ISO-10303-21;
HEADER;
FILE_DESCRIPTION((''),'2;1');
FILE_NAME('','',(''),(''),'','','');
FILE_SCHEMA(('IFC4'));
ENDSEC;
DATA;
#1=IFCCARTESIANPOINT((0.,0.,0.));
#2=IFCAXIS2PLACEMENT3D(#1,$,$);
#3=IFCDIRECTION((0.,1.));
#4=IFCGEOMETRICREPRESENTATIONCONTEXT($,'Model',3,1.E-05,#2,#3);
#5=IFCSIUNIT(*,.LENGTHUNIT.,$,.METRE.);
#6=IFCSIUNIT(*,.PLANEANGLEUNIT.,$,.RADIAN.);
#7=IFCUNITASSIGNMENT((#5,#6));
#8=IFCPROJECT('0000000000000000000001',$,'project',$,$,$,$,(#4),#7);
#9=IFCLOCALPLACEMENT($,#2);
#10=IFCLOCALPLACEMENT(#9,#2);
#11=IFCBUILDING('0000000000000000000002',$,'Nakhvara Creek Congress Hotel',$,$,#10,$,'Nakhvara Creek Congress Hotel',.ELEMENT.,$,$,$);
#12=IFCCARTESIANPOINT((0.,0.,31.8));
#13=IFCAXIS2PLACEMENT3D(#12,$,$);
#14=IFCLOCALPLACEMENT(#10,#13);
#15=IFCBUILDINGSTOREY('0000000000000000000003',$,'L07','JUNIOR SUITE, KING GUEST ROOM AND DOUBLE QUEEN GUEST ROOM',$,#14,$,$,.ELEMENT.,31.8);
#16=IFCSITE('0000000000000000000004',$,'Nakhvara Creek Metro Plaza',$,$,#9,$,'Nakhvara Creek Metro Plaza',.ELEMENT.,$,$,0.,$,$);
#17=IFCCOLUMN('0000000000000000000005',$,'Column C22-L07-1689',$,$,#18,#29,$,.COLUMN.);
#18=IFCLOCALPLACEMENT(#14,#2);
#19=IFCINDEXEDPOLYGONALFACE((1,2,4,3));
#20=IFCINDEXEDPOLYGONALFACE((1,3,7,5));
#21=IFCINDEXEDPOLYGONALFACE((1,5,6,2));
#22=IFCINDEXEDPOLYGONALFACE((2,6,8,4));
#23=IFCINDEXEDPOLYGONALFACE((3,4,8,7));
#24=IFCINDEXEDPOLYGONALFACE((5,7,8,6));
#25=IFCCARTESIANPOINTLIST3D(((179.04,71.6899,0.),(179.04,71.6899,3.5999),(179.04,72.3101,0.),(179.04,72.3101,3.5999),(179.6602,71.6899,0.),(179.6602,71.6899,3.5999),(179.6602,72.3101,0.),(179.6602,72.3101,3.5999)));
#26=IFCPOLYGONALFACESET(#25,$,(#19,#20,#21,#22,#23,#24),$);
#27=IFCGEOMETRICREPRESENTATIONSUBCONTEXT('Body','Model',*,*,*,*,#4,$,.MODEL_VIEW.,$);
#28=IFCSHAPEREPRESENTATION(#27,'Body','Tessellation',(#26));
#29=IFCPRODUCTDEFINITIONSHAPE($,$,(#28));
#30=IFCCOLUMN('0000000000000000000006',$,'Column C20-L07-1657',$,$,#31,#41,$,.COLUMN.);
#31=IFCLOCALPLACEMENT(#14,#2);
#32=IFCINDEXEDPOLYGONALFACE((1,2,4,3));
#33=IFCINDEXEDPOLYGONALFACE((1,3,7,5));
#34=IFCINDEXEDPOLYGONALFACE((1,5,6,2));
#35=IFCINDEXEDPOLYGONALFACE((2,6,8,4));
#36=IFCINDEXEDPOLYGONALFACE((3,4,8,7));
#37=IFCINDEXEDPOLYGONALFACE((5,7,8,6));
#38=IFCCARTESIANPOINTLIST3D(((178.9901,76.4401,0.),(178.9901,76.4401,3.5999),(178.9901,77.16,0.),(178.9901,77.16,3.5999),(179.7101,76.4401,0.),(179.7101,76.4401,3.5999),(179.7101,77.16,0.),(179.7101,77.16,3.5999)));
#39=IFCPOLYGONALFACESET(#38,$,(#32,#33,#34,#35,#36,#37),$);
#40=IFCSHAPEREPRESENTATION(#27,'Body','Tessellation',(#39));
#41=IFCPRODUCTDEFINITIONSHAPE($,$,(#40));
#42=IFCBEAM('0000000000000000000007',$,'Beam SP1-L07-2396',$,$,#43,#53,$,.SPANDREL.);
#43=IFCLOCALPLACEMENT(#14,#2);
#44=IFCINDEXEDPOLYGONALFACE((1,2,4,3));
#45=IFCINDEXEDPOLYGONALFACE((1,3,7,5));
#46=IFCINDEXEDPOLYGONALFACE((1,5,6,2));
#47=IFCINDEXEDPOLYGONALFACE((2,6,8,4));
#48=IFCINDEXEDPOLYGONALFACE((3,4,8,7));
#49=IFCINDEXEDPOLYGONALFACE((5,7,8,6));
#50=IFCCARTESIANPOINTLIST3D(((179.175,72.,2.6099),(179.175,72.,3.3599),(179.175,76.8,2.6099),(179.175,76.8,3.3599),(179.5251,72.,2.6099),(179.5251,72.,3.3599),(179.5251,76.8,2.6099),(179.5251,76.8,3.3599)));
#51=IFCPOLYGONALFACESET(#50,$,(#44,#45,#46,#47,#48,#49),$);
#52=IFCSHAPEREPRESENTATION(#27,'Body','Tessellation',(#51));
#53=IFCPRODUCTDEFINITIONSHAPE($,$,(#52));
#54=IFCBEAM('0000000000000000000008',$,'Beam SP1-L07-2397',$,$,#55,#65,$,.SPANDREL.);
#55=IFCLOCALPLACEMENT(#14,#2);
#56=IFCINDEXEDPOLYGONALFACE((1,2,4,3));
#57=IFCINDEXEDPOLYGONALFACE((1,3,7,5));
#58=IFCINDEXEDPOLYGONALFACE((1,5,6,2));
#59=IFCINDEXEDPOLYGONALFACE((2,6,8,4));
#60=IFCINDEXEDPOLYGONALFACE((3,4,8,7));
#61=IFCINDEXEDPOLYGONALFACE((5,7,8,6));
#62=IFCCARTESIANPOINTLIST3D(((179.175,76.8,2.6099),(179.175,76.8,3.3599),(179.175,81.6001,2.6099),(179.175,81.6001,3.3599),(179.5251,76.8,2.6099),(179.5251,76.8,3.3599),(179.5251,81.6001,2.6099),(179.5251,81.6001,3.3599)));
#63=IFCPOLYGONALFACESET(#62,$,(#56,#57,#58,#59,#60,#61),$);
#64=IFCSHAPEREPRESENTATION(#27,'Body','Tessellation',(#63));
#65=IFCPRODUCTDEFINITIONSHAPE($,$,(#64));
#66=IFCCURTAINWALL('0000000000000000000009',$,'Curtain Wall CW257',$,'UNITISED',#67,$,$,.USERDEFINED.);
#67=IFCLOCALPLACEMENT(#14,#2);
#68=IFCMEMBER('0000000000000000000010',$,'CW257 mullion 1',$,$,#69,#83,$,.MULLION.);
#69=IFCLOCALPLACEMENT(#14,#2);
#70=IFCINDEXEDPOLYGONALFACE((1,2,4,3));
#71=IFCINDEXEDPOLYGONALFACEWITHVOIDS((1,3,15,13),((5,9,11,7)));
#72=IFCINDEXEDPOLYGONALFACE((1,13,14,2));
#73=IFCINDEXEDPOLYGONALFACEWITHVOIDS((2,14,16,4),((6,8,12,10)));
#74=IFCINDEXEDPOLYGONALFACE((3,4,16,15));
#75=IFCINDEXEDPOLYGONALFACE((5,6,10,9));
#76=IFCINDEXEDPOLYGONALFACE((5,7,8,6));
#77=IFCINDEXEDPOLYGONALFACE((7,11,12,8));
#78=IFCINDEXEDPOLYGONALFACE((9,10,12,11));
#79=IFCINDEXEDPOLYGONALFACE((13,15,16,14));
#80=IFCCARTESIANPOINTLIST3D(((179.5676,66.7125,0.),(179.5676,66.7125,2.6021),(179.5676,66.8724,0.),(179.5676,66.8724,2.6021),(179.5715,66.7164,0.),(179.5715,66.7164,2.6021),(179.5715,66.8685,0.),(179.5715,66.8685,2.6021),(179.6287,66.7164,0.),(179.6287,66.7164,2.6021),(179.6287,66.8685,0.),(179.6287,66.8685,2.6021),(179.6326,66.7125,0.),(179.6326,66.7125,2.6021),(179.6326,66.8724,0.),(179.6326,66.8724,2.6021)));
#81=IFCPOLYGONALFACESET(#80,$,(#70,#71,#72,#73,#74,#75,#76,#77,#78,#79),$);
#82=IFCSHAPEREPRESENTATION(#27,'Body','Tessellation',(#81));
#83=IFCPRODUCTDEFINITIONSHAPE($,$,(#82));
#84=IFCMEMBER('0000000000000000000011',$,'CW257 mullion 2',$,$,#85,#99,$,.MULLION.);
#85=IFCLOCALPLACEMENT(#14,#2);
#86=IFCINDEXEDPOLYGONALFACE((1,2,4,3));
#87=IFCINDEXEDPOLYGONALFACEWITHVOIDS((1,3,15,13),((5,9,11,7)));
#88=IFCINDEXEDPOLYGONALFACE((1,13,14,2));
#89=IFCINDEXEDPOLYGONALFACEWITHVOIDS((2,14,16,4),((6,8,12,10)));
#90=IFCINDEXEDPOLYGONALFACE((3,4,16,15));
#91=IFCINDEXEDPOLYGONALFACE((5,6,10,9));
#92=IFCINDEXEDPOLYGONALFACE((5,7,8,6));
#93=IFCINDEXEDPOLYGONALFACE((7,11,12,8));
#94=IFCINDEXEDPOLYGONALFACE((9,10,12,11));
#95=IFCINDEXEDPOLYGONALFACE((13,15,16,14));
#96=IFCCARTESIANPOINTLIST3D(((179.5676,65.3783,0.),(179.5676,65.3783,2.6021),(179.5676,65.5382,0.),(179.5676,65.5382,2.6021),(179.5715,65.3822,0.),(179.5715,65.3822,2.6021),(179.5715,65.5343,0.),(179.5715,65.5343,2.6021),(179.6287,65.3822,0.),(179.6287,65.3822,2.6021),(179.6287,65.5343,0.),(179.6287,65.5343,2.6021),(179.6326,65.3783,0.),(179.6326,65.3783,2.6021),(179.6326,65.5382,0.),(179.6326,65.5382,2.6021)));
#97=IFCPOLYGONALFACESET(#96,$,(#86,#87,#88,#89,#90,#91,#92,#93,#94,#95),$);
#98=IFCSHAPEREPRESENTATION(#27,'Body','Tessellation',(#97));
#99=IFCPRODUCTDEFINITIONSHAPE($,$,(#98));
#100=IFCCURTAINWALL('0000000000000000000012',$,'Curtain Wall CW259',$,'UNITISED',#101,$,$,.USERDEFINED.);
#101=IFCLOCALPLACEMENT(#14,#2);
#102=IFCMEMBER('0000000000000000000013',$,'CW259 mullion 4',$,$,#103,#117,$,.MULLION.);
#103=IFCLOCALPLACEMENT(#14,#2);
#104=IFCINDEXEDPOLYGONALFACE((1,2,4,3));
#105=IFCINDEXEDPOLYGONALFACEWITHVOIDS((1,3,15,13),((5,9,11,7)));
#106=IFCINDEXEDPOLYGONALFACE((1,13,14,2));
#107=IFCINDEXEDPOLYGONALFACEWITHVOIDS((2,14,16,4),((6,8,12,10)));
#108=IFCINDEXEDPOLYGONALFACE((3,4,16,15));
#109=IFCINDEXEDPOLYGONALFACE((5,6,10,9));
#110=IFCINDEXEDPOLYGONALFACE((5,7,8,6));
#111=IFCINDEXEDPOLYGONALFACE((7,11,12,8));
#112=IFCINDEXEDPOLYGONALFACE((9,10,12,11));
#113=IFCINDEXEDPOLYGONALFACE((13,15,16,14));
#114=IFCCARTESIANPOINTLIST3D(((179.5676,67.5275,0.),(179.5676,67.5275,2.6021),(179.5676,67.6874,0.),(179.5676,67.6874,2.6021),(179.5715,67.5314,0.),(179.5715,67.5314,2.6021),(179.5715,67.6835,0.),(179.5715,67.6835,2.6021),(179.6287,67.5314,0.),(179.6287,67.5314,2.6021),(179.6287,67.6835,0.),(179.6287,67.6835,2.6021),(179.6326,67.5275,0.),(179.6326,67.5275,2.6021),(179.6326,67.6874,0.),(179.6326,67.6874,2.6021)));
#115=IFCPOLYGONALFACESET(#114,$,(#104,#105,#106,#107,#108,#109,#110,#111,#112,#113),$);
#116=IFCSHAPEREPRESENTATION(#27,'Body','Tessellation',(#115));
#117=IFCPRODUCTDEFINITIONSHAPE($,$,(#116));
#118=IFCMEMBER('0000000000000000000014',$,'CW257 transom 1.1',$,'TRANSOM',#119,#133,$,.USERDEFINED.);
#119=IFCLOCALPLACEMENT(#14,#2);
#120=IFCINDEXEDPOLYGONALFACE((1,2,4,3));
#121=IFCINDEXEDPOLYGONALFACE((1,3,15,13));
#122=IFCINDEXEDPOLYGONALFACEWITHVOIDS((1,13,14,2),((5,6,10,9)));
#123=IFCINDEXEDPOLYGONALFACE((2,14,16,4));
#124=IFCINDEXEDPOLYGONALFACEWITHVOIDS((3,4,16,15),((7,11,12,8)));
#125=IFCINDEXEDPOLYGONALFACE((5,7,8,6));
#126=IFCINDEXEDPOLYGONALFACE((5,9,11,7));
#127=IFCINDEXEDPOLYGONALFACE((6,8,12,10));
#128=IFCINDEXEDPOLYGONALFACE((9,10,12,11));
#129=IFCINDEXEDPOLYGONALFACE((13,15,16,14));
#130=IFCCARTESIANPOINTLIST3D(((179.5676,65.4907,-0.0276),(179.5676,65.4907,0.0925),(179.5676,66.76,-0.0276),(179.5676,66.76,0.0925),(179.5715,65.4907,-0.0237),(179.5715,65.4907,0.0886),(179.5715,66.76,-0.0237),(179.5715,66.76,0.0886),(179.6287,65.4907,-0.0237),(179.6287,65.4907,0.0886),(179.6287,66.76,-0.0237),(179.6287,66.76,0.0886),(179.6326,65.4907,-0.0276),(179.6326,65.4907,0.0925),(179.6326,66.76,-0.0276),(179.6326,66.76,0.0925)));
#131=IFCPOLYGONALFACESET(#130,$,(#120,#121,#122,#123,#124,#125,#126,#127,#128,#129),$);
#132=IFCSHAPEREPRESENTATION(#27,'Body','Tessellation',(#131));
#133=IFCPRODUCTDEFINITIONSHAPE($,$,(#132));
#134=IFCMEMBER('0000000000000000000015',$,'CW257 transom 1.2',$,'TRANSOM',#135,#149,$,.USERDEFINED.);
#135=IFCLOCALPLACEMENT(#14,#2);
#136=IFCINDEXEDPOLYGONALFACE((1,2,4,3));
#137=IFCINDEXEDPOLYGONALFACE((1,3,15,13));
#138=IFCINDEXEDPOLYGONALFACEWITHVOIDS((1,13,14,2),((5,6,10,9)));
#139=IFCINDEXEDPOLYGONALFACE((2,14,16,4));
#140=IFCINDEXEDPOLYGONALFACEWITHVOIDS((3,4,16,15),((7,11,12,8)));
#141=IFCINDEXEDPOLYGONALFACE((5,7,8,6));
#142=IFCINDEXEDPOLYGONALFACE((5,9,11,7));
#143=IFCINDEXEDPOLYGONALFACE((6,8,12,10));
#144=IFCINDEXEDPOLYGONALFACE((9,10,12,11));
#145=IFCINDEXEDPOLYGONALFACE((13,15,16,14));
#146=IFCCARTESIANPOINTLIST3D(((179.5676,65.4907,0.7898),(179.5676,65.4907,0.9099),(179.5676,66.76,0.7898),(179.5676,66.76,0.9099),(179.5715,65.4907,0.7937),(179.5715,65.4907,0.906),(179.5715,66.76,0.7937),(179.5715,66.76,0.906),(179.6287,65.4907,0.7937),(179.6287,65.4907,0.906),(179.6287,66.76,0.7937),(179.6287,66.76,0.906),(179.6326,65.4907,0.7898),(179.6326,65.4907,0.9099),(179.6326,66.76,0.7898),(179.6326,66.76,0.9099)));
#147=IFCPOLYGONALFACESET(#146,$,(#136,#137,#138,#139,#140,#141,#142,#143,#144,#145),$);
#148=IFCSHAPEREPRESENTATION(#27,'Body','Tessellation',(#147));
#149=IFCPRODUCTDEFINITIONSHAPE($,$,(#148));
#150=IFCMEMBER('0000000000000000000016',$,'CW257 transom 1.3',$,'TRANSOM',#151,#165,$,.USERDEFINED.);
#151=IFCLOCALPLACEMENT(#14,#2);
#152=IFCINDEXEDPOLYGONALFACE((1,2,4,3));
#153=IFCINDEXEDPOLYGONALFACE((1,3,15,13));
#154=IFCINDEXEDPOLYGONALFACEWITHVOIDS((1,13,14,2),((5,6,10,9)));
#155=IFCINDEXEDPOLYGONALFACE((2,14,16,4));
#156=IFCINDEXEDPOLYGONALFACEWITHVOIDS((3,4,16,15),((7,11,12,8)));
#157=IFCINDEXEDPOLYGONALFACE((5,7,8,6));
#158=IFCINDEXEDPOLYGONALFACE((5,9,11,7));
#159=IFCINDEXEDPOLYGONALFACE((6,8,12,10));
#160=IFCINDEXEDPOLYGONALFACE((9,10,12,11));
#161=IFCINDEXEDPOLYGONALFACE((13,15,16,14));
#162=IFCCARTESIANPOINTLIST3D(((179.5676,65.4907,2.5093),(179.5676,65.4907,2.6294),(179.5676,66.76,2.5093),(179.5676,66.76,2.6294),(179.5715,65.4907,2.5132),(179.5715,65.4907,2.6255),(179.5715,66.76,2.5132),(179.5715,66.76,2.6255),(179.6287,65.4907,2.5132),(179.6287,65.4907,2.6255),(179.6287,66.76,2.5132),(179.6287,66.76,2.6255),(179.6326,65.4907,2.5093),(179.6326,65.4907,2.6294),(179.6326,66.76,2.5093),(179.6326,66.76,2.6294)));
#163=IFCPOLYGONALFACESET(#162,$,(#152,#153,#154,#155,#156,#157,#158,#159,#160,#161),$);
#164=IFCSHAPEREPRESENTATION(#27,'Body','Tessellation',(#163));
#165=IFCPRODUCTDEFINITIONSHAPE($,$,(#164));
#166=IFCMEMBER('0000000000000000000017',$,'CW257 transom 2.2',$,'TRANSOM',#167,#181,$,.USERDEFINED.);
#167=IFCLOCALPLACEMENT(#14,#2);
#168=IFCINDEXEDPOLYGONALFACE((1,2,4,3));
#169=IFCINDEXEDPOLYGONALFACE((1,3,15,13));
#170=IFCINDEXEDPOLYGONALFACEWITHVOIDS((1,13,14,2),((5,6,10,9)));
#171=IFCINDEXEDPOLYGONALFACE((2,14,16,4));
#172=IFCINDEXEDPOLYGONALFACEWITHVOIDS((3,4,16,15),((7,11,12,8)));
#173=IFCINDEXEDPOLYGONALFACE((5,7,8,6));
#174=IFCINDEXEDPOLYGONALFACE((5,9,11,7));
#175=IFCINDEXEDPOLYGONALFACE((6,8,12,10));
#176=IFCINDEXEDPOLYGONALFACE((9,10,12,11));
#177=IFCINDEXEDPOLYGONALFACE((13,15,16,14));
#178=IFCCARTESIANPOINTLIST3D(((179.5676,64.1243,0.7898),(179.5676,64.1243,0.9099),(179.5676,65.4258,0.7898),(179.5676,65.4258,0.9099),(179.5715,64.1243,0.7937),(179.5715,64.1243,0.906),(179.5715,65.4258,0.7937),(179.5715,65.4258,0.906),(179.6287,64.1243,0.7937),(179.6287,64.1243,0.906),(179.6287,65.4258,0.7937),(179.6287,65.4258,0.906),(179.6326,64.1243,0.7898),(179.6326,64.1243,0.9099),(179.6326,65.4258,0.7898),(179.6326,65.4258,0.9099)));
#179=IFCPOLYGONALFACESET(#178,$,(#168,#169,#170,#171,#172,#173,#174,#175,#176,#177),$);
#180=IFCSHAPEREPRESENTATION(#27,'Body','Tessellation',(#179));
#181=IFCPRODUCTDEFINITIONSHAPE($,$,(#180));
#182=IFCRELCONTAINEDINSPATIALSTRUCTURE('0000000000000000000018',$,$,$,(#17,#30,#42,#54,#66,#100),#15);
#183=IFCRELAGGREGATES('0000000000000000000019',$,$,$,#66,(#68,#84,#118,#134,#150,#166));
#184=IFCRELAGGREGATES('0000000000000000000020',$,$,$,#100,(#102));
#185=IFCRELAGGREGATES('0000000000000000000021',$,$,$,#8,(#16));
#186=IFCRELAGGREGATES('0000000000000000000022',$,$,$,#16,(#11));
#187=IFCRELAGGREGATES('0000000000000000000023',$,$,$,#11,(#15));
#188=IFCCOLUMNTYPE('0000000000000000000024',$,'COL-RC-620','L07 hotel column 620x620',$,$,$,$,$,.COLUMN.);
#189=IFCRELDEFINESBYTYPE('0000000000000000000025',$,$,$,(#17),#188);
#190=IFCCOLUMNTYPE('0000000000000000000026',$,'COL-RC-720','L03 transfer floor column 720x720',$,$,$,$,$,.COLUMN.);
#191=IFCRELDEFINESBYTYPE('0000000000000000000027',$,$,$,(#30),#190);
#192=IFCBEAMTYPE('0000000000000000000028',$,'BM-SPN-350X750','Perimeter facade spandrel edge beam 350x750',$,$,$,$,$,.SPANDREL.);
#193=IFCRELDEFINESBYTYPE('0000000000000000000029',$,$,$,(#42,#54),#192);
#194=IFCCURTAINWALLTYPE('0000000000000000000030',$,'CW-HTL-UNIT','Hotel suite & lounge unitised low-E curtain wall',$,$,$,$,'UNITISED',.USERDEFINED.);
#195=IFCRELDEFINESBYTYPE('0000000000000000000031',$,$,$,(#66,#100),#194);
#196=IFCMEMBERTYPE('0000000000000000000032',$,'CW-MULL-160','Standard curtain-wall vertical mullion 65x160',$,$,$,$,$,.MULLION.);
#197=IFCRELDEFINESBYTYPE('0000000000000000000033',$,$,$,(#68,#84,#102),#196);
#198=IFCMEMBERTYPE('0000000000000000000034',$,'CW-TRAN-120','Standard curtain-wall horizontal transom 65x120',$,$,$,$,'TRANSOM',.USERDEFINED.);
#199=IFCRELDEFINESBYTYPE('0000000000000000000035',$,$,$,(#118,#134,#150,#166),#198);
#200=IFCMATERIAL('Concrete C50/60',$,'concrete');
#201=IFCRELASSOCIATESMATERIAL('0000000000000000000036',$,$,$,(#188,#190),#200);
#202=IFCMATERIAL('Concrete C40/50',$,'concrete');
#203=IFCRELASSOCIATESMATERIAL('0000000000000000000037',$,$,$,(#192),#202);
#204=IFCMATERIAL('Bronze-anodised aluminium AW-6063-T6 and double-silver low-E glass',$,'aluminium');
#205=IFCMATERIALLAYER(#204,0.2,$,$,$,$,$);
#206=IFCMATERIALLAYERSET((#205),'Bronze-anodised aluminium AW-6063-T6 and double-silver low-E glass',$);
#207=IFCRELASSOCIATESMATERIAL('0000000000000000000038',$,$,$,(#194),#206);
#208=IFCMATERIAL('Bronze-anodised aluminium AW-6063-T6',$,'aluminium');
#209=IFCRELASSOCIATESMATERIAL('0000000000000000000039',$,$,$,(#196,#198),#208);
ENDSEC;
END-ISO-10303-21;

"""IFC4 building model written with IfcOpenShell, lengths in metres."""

from ifc_helpers import new_model, si_unit, direction, frame, origin, origin_2d, place, context, subcontext, project, spatial, rectangle, hollow_rectangle, extrude, material, layer, layer_set, material_profile, profile_set, type_object, element, aggregate, save


model = new_model("IFC4")

# Units and contexts
model_context = context("Model", 3, precision=1e-05, world=origin(), true_north=direction((0.0, 1.0)))
body_context = subcontext(model_context, "Body", "Model", "MODEL_VIEW")
ifc_project = project(units=[si_unit("LENGTHUNIT", "METRE"), si_unit("PLANEANGLEUNIT", "RADIAN")], contexts=[model_context])

# Site, building, storey
site_placement = place(None, origin())
site = spatial("IfcSite", under=ifc_project, at=site_placement, Name="Nakhvara Creek Metro Plaza", LongName="Nakhvara Creek Metro Plaza", CompositionType="ELEMENT", RefElevation=0.0)
building_placement = place(site_placement, origin())
building = spatial("IfcBuilding", under=site, at=building_placement, Name="Nakhvara Creek Congress Hotel", LongName="Nakhvara Creek Congress Hotel", CompositionType="ELEMENT")
storey_placement = place(building_placement, frame((0.0, 0.0, 31.8)))
storey = spatial("IfcBuildingStorey", under=building, at=storey_placement, Name="L07", Description="JUNIOR SUITE, KING GUEST ROOM AND DOUBLE QUEEN GUEST ROOM", CompositionType="ELEMENT", Elevation=31.8)

# Columns
ifc_material_1 = material(Name="Concrete C50/60", Category="concrete")
ifc_material_profile_1 = material_profile(ifc_material_1, rectangle(XDim=0.6201, YDim=0.6201, at=origin_2d()), Name="RC-COL 620x620", Category="LoadBearing")
ifc_profile_set_1 = profile_set([ifc_material_profile_1], Name="Concrete C50/60")
column_type_1 = type_object("IfcColumnType", Name="COL-RC-620", Description="L07 hotel column 620x620", PredefinedType="COLUMN", material=ifc_profile_set_1)
column_1_placement = place(storey_placement, frame((179.3501, 72.0, 0.0), z_axis=(0.0, 0.0, 1.0), x_axis=(1.0, 0.0, 0.0)))
element("IfcColumn", 1, at=column_1_placement, inside=storey, type_object=column_type_1, Name="Column C22-L07-1689", PredefinedType="COLUMN", context=body_context, shape_type="SweptSolid", body=[
    extrude(rectangle(XDim=0.6201, YDim=0.6201, at=origin_2d()), origin(), (0.0, 0.0, 1.0), 3.5999),
])
ifc_material_profile_2 = material_profile(ifc_material_1, rectangle(XDim=0.72, YDim=0.72, at=origin_2d()), Name="RC-COL 720x720", Category="LoadBearing")
ifc_profile_set_2 = profile_set([ifc_material_profile_2], Name="Concrete C50/60")
column_type_2 = type_object("IfcColumnType", Name="COL-RC-720", Description="L03 transfer floor column 720x720", PredefinedType="COLUMN", material=ifc_profile_set_2)
column_2_placement = place(storey_placement, frame((179.3501, 76.8, 0.0), z_axis=(0.0, 0.0, 1.0), x_axis=(1.0, 0.0, 0.0)))
element("IfcColumn", 2, at=column_2_placement, inside=storey, type_object=column_type_2, Name="Column C20-L07-1657", PredefinedType="COLUMN", context=body_context, shape_type="SweptSolid", body=[
    extrude(rectangle(XDim=0.72, YDim=0.72, at=origin_2d()), origin(), (0.0, 0.0, 1.0), 3.5999),
])

# Beams
ifc_material_2 = material(Name="Concrete C40/50", Category="concrete")
ifc_material_profile_3 = material_profile(ifc_material_2, rectangle(XDim=0.3501, YDim=0.75, at=origin_2d()), Name="RC-SPANDREL 350x750", Category="LoadBearing")
ifc_profile_set_3 = profile_set([ifc_material_profile_3], Name="Concrete C40/50")
beam_type = type_object("IfcBeamType", Name="BM-SPN-350X750", Description="Perimeter facade spandrel edge beam 350x750", PredefinedType="SPANDREL", material=ifc_profile_set_3)
for number, where, z_axis, x_axis, name in (
    (3, (179.3501, 72.0, 2.9849), (0.0, 1.0, 0.0), (-1.0, 0.0, 0.0), "Beam SP1-L07-2396"),
    (4, (179.3501, 76.8, 2.9849), (0.0, 1.0, 0.0), (-1.0, 0.0, 0.0), "Beam SP1-L07-2397"),
):
    element("IfcBeam", number, at=place(storey_placement, frame(where, z_axis=z_axis, x_axis=x_axis)), inside=storey, type_object=beam_type, Name=name, PredefinedType="SPANDREL", context=body_context, shape_type="SweptSolid", body=[
        extrude(rectangle(XDim=0.3501, YDim=0.75, at=origin_2d()), origin(), (0.0, 0.0, 1.0), 4.8),
    ])

# Curtain wall, members
ifc_material_3 = material(Name="Bronze-anodised aluminium AW-6063-T6 and double-silver low-E glass", Category="aluminium")
ifc_layer_1 = layer(ifc_material_3, 0.2)
ifc_layer_set_1 = layer_set([ifc_layer_1], Name="Bronze-anodised aluminium AW-6063-T6 and double-silver low-E glass")
curtain_wall_type = type_object("IfcCurtainWallType", Name="CW-HTL-UNIT", Description="Hotel suite & lounge unitised low-E curtain wall", ElementType="UNITISED", PredefinedType="USERDEFINED", material=ifc_layer_set_1)
curtain_wall_1_placement = place(storey_placement, origin())
curtain_wall_1 = element("IfcCurtainWall", 5, at=curtain_wall_1_placement, inside=storey, type_object=curtain_wall_type, Name="Curtain Wall CW257", ObjectType="UNITISED", PredefinedType="USERDEFINED")
ifc_material_4 = material(Name="Bronze-anodised aluminium AW-6063-T6", Category="aluminium")
ifc_material_profile_4 = material_profile(ifc_material_4, hollow_rectangle(XDim=0.0649, YDim=0.1599, WallThickness=0.0039, at=origin_2d()), Name="ALU-MULL 65x160x4", Category="LoadBearing")
ifc_profile_set_4 = profile_set([ifc_material_profile_4], Name="Bronze-anodised aluminium AW-6063-T6")
member_type_1 = type_object("IfcMemberType", Name="CW-MULL-160", Description="Standard curtain-wall vertical mullion 65x160", PredefinedType="MULLION", material=ifc_profile_set_4)
member_1_placement = place(storey_placement, frame((179.6001, 66.7925, 0.0), z_axis=(0.0, 0.0, 1.0), x_axis=(1.0, 0.0, 0.0)))
member_1 = element("IfcMember", 6, at=member_1_placement, type_object=member_type_1, Name="CW257 mullion 1", PredefinedType="MULLION", context=body_context, shape_type="SweptSolid", body=[
    extrude(hollow_rectangle(XDim=0.0649, YDim=0.1599, WallThickness=0.0039, at=origin_2d()), origin(), (0.0, 0.0, 1.0), 2.6021),
])
member_2_placement = place(storey_placement, frame((179.6001, 65.4583, 0.0), z_axis=(0.0, 0.0, 1.0), x_axis=(1.0, 0.0, 0.0)))
member_2 = element("IfcMember", 7, at=member_2_placement, type_object=member_type_1, Name="CW257 mullion 2", PredefinedType="MULLION", context=body_context, shape_type="SweptSolid", body=[
    extrude(hollow_rectangle(XDim=0.0649, YDim=0.1599, WallThickness=0.0039, at=origin_2d()), origin(), (0.0, 0.0, 1.0), 2.6021),
])

# Curtain wall, member
curtain_wall_2_placement = place(storey_placement, origin())
curtain_wall_2 = element("IfcCurtainWall", 8, at=curtain_wall_2_placement, inside=storey, type_object=curtain_wall_type, Name="Curtain Wall CW259", ObjectType="UNITISED", PredefinedType="USERDEFINED")
member_3_placement = place(storey_placement, frame((179.6001, 67.6074, 0.0), z_axis=(0.0, 0.0, 1.0), x_axis=(1.0, 0.0, 0.0)))
member_3 = element("IfcMember", 9, at=member_3_placement, type_object=member_type_1, Name="CW259 mullion 4", PredefinedType="MULLION", context=body_context, shape_type="SweptSolid", body=[
    extrude(hollow_rectangle(XDim=0.0649, YDim=0.1599, WallThickness=0.0039, at=origin_2d()), origin(), (0.0, 0.0, 1.0), 2.6021),
])

# Members
ifc_material_profile_5 = material_profile(ifc_material_4, hollow_rectangle(XDim=0.0649, YDim=0.1201, WallThickness=0.0039, at=origin_2d()), Name="ALU-TRAN 65x120x4", Category="LoadBearing")
ifc_profile_set_5 = profile_set([ifc_material_profile_5], Name="Bronze-anodised aluminium AW-6063-T6")
member_type_2 = type_object("IfcMemberType", Name="CW-TRAN-120", Description="Standard curtain-wall horizontal transom 65x120", ElementType="TRANSOM", PredefinedType="USERDEFINED", material=ifc_profile_set_5)
member_4_placement = place(storey_placement, frame((179.6001, 66.76, 0.0325), z_axis=(0.0, -1.0, 0.0), x_axis=(1.0, 0.0, 0.0)))
member_4 = element("IfcMember", 10, at=member_4_placement, type_object=member_type_2, Name="CW257 transom 1.1", ObjectType="TRANSOM", PredefinedType="USERDEFINED", context=body_context, shape_type="SweptSolid", body=[
    extrude(hollow_rectangle(XDim=0.0649, YDim=0.1201, WallThickness=0.0039, at=origin_2d()), origin(), (0.0, 0.0, 1.0), 1.2693),
])
member_5_placement = place(storey_placement, frame((179.6001, 66.76, 0.8499), z_axis=(0.0, -1.0, 0.0), x_axis=(1.0, 0.0, 0.0)))
member_5 = element("IfcMember", 11, at=member_5_placement, type_object=member_type_2, Name="CW257 transom 1.2", ObjectType="TRANSOM", PredefinedType="USERDEFINED", context=body_context, shape_type="SweptSolid", body=[
    extrude(hollow_rectangle(XDim=0.0649, YDim=0.1201, WallThickness=0.0039, at=origin_2d()), origin(), (0.0, 0.0, 1.0), 1.2693),
])
member_6_placement = place(storey_placement, frame((179.6001, 66.76, 2.5693), z_axis=(0.0, -1.0, 0.0), x_axis=(1.0, 0.0, 0.0)))
member_6 = element("IfcMember", 12, at=member_6_placement, type_object=member_type_2, Name="CW257 transom 1.3", ObjectType="TRANSOM", PredefinedType="USERDEFINED", context=body_context, shape_type="SweptSolid", body=[
    extrude(hollow_rectangle(XDim=0.0649, YDim=0.1201, WallThickness=0.0039, at=origin_2d()), origin(), (0.0, 0.0, 1.0), 1.2693),
])
member_7_placement = place(storey_placement, frame((179.6001, 65.4258, 0.8499), z_axis=(0.0, -1.0, 0.0), x_axis=(1.0, 0.0, 0.0)))
member_7 = element("IfcMember", 13, at=member_7_placement, type_object=member_type_2, Name="CW257 transom 2.2", ObjectType="TRANSOM", PredefinedType="USERDEFINED", context=body_context, shape_type="SweptSolid", body=[
    extrude(hollow_rectangle(XDim=0.0649, YDim=0.1201, WallThickness=0.0039, at=origin_2d()), origin(), (0.0, 0.0, 1.0), 1.3015),
])

aggregate(curtain_wall_1, [member_1, member_2, member_4, member_5, member_6, member_7])
aggregate(curtain_wall_2, [member_3])

save(model, "model.ifc")
